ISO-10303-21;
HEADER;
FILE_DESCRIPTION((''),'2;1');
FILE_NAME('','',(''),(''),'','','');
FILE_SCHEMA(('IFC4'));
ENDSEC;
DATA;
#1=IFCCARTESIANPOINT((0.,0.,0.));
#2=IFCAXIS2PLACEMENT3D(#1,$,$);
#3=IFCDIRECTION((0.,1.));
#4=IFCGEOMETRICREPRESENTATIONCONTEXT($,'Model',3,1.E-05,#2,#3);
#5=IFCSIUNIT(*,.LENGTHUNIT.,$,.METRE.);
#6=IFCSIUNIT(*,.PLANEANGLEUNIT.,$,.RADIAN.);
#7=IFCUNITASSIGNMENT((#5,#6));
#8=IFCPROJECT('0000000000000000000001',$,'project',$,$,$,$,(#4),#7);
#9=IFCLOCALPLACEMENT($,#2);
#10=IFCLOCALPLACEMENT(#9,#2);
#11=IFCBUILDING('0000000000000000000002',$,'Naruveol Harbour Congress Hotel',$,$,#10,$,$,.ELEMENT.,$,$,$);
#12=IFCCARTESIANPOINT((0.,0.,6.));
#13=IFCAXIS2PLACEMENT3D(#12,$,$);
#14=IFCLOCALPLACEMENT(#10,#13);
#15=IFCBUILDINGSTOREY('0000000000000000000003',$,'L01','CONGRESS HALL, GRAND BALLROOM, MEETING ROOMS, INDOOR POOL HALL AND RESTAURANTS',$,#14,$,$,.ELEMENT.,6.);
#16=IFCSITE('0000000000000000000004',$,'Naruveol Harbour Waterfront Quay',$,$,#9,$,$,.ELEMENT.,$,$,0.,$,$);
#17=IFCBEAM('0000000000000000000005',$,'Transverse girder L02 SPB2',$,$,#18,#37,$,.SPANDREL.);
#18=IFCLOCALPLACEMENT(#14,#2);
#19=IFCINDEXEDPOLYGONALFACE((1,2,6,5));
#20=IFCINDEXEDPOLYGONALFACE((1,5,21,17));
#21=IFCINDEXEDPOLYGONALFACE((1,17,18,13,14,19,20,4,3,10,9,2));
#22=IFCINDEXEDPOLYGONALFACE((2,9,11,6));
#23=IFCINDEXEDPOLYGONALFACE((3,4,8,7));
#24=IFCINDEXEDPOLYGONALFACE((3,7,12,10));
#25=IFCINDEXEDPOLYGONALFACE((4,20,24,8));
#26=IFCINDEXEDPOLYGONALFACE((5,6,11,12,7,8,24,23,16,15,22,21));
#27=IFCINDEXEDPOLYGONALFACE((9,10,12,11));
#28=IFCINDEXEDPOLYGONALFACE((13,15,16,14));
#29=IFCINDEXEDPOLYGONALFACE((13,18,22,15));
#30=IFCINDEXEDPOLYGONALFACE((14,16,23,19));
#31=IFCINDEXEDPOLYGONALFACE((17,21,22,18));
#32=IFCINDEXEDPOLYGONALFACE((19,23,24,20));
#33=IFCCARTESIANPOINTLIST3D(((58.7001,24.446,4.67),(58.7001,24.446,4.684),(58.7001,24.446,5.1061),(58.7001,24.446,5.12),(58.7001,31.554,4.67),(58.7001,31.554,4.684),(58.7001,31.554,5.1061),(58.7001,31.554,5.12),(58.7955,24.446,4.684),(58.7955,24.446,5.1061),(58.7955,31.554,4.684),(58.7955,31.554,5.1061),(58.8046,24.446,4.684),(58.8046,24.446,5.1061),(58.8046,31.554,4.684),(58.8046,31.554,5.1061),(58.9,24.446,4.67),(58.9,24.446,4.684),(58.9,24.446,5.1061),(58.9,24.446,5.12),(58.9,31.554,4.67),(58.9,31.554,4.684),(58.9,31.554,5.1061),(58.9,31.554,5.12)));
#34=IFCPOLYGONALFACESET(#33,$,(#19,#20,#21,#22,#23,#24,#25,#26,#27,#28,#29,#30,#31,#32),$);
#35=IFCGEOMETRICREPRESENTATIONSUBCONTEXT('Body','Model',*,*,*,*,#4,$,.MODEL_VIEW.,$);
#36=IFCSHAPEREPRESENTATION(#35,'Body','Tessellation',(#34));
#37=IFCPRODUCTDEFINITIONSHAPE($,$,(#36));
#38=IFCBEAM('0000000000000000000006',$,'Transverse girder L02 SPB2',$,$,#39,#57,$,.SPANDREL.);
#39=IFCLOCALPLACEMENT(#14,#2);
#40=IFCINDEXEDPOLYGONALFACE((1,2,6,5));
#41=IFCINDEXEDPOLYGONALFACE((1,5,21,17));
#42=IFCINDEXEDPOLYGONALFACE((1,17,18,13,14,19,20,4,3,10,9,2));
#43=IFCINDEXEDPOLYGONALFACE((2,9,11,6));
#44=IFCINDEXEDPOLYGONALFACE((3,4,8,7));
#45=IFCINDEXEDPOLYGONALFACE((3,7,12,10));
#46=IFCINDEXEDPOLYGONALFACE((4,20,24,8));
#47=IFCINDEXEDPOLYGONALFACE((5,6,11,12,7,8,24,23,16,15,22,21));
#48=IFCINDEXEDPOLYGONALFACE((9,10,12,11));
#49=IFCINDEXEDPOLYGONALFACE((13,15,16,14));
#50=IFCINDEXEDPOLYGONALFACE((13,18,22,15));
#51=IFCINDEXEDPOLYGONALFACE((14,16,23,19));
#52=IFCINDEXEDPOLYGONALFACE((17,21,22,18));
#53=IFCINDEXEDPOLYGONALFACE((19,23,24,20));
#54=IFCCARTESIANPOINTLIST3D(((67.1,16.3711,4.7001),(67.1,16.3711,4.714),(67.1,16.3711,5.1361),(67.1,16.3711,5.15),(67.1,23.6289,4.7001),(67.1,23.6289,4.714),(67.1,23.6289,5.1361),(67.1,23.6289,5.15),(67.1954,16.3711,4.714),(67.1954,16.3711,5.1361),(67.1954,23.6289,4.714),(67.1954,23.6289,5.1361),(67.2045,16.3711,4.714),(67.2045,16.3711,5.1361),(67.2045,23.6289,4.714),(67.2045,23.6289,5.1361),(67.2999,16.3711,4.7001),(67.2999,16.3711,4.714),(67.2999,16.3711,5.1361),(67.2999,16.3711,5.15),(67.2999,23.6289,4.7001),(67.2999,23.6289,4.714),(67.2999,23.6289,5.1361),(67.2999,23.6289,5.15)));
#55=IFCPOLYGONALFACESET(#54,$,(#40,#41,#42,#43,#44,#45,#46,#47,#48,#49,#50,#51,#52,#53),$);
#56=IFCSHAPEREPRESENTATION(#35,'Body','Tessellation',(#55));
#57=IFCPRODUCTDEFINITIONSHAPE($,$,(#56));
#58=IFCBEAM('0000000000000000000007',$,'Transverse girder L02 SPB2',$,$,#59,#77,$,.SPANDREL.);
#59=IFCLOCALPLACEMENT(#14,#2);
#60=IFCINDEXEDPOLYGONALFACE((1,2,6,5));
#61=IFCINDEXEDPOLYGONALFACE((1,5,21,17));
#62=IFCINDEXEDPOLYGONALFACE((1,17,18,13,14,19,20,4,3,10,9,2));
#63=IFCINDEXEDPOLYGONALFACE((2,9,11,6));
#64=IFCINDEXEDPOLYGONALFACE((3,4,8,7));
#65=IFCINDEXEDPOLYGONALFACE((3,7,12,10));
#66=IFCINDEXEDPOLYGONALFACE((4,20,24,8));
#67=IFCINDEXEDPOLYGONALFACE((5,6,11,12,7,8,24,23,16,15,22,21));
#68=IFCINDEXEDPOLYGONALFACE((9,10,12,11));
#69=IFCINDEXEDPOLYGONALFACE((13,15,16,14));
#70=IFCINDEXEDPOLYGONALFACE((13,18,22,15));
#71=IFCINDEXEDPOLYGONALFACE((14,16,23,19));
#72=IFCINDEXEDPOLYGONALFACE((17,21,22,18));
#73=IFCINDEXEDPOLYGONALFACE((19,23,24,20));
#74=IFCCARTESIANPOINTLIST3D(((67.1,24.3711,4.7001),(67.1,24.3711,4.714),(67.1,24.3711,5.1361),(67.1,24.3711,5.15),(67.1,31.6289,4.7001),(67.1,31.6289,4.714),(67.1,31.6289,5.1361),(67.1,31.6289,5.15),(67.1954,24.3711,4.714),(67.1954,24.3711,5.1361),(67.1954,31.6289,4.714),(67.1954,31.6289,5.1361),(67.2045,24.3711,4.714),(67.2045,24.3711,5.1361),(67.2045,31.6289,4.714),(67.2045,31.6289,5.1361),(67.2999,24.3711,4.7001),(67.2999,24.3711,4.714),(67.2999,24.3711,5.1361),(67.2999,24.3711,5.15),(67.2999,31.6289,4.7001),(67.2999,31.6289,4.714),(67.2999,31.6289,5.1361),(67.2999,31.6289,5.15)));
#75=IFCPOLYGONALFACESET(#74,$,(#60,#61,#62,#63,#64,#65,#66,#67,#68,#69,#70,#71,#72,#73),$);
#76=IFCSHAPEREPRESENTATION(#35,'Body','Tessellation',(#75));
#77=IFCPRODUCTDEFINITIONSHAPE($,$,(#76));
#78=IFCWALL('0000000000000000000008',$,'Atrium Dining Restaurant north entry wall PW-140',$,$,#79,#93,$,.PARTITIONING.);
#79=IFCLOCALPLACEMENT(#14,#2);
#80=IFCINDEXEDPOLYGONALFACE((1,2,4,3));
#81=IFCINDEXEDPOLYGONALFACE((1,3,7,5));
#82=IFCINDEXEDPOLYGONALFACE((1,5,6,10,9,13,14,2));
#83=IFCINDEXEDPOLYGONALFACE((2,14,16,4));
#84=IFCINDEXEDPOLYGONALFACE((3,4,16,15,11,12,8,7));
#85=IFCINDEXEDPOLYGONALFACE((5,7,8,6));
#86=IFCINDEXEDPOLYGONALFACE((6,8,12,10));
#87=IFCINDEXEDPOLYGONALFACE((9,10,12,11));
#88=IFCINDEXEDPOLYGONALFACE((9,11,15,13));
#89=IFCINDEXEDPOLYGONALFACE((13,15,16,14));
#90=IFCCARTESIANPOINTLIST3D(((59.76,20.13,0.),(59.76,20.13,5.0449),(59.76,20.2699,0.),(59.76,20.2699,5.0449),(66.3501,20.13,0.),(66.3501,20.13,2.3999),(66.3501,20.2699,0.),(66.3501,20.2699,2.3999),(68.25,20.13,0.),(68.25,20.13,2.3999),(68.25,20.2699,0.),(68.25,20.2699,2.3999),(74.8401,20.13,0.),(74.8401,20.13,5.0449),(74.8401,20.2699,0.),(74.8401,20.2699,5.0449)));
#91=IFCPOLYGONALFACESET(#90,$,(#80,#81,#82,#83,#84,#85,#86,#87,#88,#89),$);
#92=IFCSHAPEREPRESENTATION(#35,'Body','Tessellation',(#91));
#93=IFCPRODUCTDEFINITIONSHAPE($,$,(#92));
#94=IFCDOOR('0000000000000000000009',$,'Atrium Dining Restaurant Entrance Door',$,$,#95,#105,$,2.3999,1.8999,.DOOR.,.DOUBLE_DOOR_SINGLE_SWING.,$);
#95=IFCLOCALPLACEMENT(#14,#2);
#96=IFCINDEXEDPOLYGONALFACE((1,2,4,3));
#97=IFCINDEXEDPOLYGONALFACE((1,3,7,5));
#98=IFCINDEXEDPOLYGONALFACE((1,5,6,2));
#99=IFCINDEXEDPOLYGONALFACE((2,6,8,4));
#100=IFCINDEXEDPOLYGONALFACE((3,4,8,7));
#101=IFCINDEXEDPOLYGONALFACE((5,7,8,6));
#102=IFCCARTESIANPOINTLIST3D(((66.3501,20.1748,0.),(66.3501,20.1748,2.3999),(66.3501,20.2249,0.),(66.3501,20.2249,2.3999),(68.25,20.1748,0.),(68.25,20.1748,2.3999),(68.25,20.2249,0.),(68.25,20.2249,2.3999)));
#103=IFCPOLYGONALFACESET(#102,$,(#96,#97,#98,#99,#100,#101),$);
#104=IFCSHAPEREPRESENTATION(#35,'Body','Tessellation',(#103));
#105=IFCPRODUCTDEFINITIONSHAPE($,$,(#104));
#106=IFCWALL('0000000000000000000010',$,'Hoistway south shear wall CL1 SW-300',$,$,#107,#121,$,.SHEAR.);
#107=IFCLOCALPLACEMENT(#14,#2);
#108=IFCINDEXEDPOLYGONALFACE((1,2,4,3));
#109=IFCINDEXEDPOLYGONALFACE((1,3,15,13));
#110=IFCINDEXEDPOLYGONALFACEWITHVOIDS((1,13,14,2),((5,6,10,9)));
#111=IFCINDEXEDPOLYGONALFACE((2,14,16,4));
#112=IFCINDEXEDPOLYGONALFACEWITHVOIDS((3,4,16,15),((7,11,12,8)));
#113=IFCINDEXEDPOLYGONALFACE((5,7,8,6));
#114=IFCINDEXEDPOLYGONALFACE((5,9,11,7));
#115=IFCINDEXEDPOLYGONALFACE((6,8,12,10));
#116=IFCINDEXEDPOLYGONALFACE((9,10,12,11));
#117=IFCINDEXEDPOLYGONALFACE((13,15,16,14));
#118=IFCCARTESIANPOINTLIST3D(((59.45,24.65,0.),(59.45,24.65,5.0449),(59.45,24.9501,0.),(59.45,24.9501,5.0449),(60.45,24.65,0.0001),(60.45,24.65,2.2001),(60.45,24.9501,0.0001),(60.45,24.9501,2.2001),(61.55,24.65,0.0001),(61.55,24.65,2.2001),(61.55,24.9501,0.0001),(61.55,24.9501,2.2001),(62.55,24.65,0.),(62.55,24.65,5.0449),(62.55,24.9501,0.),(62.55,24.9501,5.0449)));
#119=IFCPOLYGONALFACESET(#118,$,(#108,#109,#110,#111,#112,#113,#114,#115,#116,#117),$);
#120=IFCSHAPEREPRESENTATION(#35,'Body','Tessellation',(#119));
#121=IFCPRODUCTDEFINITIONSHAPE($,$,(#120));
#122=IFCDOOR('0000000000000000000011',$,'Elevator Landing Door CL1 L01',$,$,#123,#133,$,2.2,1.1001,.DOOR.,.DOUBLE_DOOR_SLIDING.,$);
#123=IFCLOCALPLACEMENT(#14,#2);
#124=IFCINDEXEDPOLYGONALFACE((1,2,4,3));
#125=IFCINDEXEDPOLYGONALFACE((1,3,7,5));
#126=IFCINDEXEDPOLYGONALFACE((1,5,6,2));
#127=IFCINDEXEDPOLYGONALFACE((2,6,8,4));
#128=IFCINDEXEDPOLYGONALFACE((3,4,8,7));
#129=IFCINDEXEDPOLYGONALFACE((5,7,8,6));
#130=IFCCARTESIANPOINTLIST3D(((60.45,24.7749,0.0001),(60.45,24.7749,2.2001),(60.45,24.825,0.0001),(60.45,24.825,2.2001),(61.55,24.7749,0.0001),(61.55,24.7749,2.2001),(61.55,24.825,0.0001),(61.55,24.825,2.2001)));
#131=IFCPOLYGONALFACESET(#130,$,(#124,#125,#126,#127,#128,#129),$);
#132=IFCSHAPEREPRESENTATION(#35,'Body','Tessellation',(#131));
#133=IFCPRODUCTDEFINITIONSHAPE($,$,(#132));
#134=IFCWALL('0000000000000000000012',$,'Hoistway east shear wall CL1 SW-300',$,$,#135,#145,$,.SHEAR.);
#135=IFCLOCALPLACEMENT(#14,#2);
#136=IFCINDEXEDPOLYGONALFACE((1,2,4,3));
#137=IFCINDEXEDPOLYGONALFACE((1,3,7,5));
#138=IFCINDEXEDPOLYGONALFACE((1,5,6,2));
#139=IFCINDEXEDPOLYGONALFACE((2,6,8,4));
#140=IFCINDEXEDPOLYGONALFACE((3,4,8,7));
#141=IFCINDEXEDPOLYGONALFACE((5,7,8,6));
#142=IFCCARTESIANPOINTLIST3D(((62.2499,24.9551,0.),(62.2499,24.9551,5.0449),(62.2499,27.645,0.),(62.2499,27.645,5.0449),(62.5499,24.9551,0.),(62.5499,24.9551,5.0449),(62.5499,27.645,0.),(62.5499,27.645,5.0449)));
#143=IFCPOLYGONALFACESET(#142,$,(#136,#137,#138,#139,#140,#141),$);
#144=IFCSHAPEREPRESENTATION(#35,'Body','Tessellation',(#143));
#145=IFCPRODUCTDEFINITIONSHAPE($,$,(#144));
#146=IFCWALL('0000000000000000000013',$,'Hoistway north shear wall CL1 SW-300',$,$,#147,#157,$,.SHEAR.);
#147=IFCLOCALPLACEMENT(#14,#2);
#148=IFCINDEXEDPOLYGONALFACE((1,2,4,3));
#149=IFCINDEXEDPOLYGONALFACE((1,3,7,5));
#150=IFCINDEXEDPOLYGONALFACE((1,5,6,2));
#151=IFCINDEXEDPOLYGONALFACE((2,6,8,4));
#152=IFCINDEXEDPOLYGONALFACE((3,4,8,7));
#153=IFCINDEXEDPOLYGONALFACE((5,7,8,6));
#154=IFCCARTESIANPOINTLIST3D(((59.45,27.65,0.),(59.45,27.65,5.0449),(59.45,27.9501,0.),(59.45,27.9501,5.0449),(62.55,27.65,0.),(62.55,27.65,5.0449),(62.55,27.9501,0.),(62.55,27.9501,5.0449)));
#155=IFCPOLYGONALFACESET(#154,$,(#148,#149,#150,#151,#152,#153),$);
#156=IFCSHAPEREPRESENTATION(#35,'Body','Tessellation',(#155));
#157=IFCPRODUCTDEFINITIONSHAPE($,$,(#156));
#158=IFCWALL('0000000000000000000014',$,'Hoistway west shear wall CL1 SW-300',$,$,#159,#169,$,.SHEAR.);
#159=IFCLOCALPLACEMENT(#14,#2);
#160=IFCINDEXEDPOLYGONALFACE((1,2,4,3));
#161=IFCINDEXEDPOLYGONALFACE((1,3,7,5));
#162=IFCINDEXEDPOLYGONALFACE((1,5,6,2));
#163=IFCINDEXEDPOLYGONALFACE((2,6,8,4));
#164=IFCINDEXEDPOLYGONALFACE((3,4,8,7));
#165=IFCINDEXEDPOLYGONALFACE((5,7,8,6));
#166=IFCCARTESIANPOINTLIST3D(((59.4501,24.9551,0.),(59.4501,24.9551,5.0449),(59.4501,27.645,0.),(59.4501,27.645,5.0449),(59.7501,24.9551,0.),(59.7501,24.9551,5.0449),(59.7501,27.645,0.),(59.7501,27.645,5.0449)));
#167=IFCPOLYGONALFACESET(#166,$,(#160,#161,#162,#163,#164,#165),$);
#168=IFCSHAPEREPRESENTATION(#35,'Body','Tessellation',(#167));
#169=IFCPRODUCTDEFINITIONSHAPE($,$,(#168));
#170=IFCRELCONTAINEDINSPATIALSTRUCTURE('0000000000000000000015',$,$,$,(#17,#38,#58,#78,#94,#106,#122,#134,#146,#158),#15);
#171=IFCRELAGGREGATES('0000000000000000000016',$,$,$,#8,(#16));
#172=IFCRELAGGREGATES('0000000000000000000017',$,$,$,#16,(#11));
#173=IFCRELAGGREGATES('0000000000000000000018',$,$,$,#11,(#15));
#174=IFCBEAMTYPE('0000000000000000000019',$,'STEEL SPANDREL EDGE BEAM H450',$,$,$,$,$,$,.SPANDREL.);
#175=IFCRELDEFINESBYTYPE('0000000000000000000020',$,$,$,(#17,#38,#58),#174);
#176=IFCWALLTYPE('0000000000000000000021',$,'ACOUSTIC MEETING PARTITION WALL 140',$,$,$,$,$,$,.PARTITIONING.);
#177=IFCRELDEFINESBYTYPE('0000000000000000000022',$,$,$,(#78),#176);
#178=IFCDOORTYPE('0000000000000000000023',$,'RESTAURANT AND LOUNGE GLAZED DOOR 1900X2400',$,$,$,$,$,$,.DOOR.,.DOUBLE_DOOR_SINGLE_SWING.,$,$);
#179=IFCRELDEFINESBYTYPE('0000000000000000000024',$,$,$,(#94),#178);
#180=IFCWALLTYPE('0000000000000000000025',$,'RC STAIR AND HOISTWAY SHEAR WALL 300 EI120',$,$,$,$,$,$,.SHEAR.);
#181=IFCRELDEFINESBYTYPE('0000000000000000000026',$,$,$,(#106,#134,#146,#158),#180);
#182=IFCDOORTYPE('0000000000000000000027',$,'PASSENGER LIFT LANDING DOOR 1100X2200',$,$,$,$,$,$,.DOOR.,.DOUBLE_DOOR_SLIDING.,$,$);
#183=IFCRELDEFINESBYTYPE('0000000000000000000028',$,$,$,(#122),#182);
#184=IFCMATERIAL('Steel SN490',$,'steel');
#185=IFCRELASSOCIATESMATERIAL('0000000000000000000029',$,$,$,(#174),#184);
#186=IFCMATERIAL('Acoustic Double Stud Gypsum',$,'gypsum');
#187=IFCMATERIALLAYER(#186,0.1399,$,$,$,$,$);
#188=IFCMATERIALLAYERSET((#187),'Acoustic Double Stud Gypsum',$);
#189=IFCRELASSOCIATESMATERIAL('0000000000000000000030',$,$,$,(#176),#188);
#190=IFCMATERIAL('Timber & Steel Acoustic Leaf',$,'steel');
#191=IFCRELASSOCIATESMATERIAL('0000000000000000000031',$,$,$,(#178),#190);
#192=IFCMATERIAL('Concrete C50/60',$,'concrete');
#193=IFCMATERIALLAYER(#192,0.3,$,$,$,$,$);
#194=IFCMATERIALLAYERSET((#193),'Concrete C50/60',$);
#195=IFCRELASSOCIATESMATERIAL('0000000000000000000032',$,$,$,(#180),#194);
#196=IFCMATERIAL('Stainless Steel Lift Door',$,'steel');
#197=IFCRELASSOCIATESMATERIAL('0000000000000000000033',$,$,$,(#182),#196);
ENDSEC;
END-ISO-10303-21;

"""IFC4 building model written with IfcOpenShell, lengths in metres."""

from ifc_helpers import new_model, si_unit, direction, frame, frame_2d, origin, origin_2d, place, context, subcontext, project, spatial, rectangle, i_section, extrude, material, layer, layer_set, material_profile, profile_set, type_object, element, fill, save


model = new_model("IFC4")

# Units and contexts
model_context = context("Model", 3, precision=1e-05, world=origin(), true_north=direction((0.0, 1.0)))
body_context = subcontext(model_context, "Body", "Model", "MODEL_VIEW")
ifc_project = project(units=[si_unit("LENGTHUNIT", "METRE"), si_unit("PLANEANGLEUNIT", "RADIAN")], contexts=[model_context])

# Site, building, storey
site_placement = place(None, origin())
site = spatial("IfcSite", under=ifc_project, at=site_placement, Name="Naruveol Harbour Waterfront Quay", CompositionType="ELEMENT", RefElevation=0.0)
building_placement = place(site_placement, origin())
building = spatial("IfcBuilding", under=site, at=building_placement, Name="Naruveol Harbour Congress Hotel", CompositionType="ELEMENT")
storey_placement = place(building_placement, frame((0.0, 0.0, 6.0)))
storey = spatial("IfcBuildingStorey", under=building, at=storey_placement, Name="L01", Description="CONGRESS HALL, GRAND BALLROOM, MEETING ROOMS, INDOOR POOL HALL AND RESTAURANTS", CompositionType="ELEMENT", Elevation=6.0)

# Beams
ifc_material_1 = material(Name="Steel SN490", Category="steel")
ifc_material_profile_1 = material_profile(ifc_material_1, i_section(OverallWidth=0.2, OverallDepth=0.45, WebThickness=0.009, FlangeThickness=0.0139, at=origin_2d()), Name="H-450x200x9x14")
ifc_profile_set_1 = profile_set([ifc_material_profile_1], Name="Steel SN490")
beam_type_1 = type_object("IfcBeamType", Name="STEEL SPANDREL EDGE BEAM H450", PredefinedType="SPANDREL", material=ifc_profile_set_1)
for number, where, z_axis, x_axis, name in (
    (1, (58.8, 24.446, 4.895), (0.0, 1.0, 0.0), (-1.0, 0.0, 0.0), "Transverse girder L02 SPB2"),
):
    element("IfcBeam", number, at=place(storey_placement, frame(where, z_axis=z_axis, x_axis=x_axis)), inside=storey, type_object=beam_type_1, Name=name, PredefinedType="SPANDREL", context=body_context, shape_type="SweptSolid", body=[
        extrude(i_section(OverallWidth=0.2, OverallDepth=0.45, WebThickness=0.009, FlangeThickness=0.0139, at=origin_2d()), origin(), (0.0, 0.0, 1.0), 7.1079),
    ])
for number, where, z_axis, x_axis, name in (
    (2, (67.2, 16.3711, 4.925), (0.0, 1.0, 0.0), (-1.0, 0.0, 0.0), "Transverse girder L02 SPB2"),
    (3, (67.2, 24.3711, 4.925), (0.0, 1.0, 0.0), (-1.0, 0.0, 0.0), "Transverse girder L02 SPB2"),
):
    element("IfcBeam", number, at=place(storey_placement, frame(where, z_axis=z_axis, x_axis=x_axis)), inside=storey, type_object=beam_type_1, Name=name, PredefinedType="SPANDREL", context=body_context, shape_type="SweptSolid", body=[
        extrude(i_section(OverallWidth=0.2, OverallDepth=0.45, WebThickness=0.009, FlangeThickness=0.0139, at=origin_2d()), origin(), (0.0, 0.0, 1.0), 7.2578),
    ])

# Walls, openings, doors
ifc_material_2 = material(Name="Acoustic Double Stud Gypsum", Category="gypsum")
ifc_layer_1 = layer(ifc_material_2, 0.1399)
ifc_layer_set_1 = layer_set([ifc_layer_1], Name="Acoustic Double Stud Gypsum")
wall_type_1 = type_object("IfcWallType", Name="ACOUSTIC MEETING PARTITION WALL 140", PredefinedType="PARTITIONING", material=ifc_layer_set_1)
wall_1_placement = place(storey_placement, frame((59.76, 20.2, 0.0), z_axis=(0.0, 0.0, 1.0), x_axis=(1.0, 0.0, 0.0)))
wall_1 = element("IfcWall", 4, at=wall_1_placement, inside=storey, type_object=wall_type_1, Name="Atrium Dining Restaurant north entry wall PW-140", PredefinedType="PARTITIONING", context=body_context, shape_type="SweptSolid", body=[
    extrude(rectangle(XDim=15.0801, YDim=0.1399, at=frame_2d((7.54, 0.0))), origin(), (0.0, 0.0, 1.0), 5.0449),
])
opening_1_placement = place(wall_1_placement, frame((6.5901, 0.0, 0.0)))
opening_1 = element("IfcOpeningElement", 5, at=opening_1_placement, cuts=wall_1, PredefinedType="OPENING", context=body_context, shape_type="SweptSolid", body=[
    extrude(rectangle(XDim=1.8999, YDim=2.3999, at=frame_2d((0.95, 1.2))), frame((0.0, 0.0798, 0.0), z_axis=(0.0, -1.0, 0.0), x_axis=(1.0, 0.0, 0.0)), (0.0, 0.0, 1.0), 0.1599),
])
ifc_material_3 = material(Name="Timber & Steel Acoustic Leaf", Category="steel")
door_type_1 = type_object("IfcDoorType", Name="RESTAURANT AND LOUNGE GLAZED DOOR 1900X2400", OperationType="DOUBLE_DOOR_SINGLE_SWING", PredefinedType="DOOR", material=ifc_material_3)
door_1_placement = place(opening_1_placement, origin())
door_1 = element("IfcDoor", 6, at=door_1_placement, inside=storey, type_object=door_type_1, Name="Atrium Dining Restaurant Entrance Door", OperationType="DOUBLE_DOOR_SINGLE_SWING", OverallHeight=2.3999, OverallWidth=1.8999, PredefinedType="DOOR", context=body_context, shape_type="SweptSolid", body=[
    extrude(rectangle(XDim=1.8999, YDim=2.3999, at=frame_2d((0.95, 1.2))), frame((0.0, 0.0249, 0.0), z_axis=(0.0, -1.0, 0.0), x_axis=(1.0, 0.0, 0.0)), (0.0, 0.0, 1.0), 0.05),
])
fill(opening_1, door_1)
ifc_material_4 = material(Name="Concrete C50/60", Category="concrete")
ifc_layer_2 = layer(ifc_material_4, 0.3)
ifc_layer_set_2 = layer_set([ifc_layer_2], Name="Concrete C50/60")
wall_type_2 = type_object("IfcWallType", Name="RC STAIR AND HOISTWAY SHEAR WALL 300 EI120", PredefinedType="SHEAR", material=ifc_layer_set_2)
wall_2_placement = place(storey_placement, frame((59.45, 24.8, 0.0), z_axis=(0.0, 0.0, 1.0), x_axis=(1.0, 0.0, 0.0)))
wall_2 = element("IfcWall", 7, at=wall_2_placement, inside=storey, type_object=wall_type_2, Name="Hoistway south shear wall CL1 SW-300", PredefinedType="SHEAR", context=body_context, shape_type="SweptSolid", body=[
    extrude(rectangle(XDim=3.1001, YDim=0.3, at=frame_2d((1.55, 0.0))), origin(), (0.0, 0.0, 1.0), 5.0449),
])
opening_2_placement = place(wall_2_placement, frame((1.0, 0.0, 0.0)))
opening_2 = element("IfcOpeningElement", 8, at=opening_2_placement, cuts=wall_2, PredefinedType="OPENING", context=body_context, shape_type="SweptSolid", body=[
    extrude(rectangle(XDim=1.1001, YDim=2.2, at=frame_2d((0.55, 1.1001))), frame((0.0, 0.1599, 0.0), z_axis=(0.0, -1.0, 0.0), x_axis=(1.0, 0.0, 0.0)), (0.0, 0.0, 1.0), 0.3201),
])
ifc_material_5 = material(Name="Stainless Steel Lift Door", Category="steel")
door_type_2 = type_object("IfcDoorType", Name="PASSENGER LIFT LANDING DOOR 1100X2200", OperationType="DOUBLE_DOOR_SLIDING", PredefinedType="DOOR", material=ifc_material_5)
door_2_placement = place(opening_2_placement, origin())
door_2 = element("IfcDoor", 9, at=door_2_placement, inside=storey, type_object=door_type_2, Name="Elevator Landing Door CL1 L01", OperationType="DOUBLE_DOOR_SLIDING", OverallHeight=2.2, OverallWidth=1.1001, PredefinedType="DOOR", context=body_context, shape_type="SweptSolid", body=[
    extrude(rectangle(XDim=1.1001, YDim=2.2, at=frame_2d((0.55, 1.1001))), frame((0.0, 0.0249, 0.0), z_axis=(0.0, -1.0, 0.0), x_axis=(1.0, 0.0, 0.0)), (0.0, 0.0, 1.0), 0.05),
])
fill(opening_2, door_2)

# Walls
wall_3_placement = place(storey_placement, frame((62.3999, 24.9551, 0.0), z_axis=(0.0, 0.0, 1.0), x_axis=(0.0, 1.0, 0.0)))
element("IfcWall", 10, at=wall_3_placement, inside=storey, type_object=wall_type_2, Name="Hoistway east shear wall CL1 SW-300", PredefinedType="SHEAR", context=body_context, shape_type="SweptSolid", body=[
    extrude(rectangle(XDim=2.6899, YDim=0.3, at=frame_2d((1.345, 0.0))), origin(), (0.0, 0.0, 1.0), 5.0449),
])
wall_4_placement = place(storey_placement, frame((62.55, 27.8, 0.0), z_axis=(0.0, 0.0, 1.0), x_axis=(-1.0, 0.0, 0.0)))
element("IfcWall", 11, at=wall_4_placement, inside=storey, type_object=wall_type_2, Name="Hoistway north shear wall CL1 SW-300", PredefinedType="SHEAR", context=body_context, shape_type="SweptSolid", body=[
    extrude(rectangle(XDim=3.1001, YDim=0.3, at=frame_2d((1.55, 0.0))), origin(), (0.0, 0.0, 1.0), 5.0449),
])
wall_5_placement = place(storey_placement, frame((59.6001, 27.645, 0.0), z_axis=(0.0, 0.0, 1.0), x_axis=(0.0, -1.0, 0.0)))
element("IfcWall", 12, at=wall_5_placement, inside=storey, type_object=wall_type_2, Name="Hoistway west shear wall CL1 SW-300", PredefinedType="SHEAR", context=body_context, shape_type="SweptSolid", body=[
    extrude(rectangle(XDim=2.6899, YDim=0.3, at=frame_2d((1.345, 0.0))), origin(), (0.0, 0.0, 1.0), 5.0449),
])

save(model, "model.ifc")
